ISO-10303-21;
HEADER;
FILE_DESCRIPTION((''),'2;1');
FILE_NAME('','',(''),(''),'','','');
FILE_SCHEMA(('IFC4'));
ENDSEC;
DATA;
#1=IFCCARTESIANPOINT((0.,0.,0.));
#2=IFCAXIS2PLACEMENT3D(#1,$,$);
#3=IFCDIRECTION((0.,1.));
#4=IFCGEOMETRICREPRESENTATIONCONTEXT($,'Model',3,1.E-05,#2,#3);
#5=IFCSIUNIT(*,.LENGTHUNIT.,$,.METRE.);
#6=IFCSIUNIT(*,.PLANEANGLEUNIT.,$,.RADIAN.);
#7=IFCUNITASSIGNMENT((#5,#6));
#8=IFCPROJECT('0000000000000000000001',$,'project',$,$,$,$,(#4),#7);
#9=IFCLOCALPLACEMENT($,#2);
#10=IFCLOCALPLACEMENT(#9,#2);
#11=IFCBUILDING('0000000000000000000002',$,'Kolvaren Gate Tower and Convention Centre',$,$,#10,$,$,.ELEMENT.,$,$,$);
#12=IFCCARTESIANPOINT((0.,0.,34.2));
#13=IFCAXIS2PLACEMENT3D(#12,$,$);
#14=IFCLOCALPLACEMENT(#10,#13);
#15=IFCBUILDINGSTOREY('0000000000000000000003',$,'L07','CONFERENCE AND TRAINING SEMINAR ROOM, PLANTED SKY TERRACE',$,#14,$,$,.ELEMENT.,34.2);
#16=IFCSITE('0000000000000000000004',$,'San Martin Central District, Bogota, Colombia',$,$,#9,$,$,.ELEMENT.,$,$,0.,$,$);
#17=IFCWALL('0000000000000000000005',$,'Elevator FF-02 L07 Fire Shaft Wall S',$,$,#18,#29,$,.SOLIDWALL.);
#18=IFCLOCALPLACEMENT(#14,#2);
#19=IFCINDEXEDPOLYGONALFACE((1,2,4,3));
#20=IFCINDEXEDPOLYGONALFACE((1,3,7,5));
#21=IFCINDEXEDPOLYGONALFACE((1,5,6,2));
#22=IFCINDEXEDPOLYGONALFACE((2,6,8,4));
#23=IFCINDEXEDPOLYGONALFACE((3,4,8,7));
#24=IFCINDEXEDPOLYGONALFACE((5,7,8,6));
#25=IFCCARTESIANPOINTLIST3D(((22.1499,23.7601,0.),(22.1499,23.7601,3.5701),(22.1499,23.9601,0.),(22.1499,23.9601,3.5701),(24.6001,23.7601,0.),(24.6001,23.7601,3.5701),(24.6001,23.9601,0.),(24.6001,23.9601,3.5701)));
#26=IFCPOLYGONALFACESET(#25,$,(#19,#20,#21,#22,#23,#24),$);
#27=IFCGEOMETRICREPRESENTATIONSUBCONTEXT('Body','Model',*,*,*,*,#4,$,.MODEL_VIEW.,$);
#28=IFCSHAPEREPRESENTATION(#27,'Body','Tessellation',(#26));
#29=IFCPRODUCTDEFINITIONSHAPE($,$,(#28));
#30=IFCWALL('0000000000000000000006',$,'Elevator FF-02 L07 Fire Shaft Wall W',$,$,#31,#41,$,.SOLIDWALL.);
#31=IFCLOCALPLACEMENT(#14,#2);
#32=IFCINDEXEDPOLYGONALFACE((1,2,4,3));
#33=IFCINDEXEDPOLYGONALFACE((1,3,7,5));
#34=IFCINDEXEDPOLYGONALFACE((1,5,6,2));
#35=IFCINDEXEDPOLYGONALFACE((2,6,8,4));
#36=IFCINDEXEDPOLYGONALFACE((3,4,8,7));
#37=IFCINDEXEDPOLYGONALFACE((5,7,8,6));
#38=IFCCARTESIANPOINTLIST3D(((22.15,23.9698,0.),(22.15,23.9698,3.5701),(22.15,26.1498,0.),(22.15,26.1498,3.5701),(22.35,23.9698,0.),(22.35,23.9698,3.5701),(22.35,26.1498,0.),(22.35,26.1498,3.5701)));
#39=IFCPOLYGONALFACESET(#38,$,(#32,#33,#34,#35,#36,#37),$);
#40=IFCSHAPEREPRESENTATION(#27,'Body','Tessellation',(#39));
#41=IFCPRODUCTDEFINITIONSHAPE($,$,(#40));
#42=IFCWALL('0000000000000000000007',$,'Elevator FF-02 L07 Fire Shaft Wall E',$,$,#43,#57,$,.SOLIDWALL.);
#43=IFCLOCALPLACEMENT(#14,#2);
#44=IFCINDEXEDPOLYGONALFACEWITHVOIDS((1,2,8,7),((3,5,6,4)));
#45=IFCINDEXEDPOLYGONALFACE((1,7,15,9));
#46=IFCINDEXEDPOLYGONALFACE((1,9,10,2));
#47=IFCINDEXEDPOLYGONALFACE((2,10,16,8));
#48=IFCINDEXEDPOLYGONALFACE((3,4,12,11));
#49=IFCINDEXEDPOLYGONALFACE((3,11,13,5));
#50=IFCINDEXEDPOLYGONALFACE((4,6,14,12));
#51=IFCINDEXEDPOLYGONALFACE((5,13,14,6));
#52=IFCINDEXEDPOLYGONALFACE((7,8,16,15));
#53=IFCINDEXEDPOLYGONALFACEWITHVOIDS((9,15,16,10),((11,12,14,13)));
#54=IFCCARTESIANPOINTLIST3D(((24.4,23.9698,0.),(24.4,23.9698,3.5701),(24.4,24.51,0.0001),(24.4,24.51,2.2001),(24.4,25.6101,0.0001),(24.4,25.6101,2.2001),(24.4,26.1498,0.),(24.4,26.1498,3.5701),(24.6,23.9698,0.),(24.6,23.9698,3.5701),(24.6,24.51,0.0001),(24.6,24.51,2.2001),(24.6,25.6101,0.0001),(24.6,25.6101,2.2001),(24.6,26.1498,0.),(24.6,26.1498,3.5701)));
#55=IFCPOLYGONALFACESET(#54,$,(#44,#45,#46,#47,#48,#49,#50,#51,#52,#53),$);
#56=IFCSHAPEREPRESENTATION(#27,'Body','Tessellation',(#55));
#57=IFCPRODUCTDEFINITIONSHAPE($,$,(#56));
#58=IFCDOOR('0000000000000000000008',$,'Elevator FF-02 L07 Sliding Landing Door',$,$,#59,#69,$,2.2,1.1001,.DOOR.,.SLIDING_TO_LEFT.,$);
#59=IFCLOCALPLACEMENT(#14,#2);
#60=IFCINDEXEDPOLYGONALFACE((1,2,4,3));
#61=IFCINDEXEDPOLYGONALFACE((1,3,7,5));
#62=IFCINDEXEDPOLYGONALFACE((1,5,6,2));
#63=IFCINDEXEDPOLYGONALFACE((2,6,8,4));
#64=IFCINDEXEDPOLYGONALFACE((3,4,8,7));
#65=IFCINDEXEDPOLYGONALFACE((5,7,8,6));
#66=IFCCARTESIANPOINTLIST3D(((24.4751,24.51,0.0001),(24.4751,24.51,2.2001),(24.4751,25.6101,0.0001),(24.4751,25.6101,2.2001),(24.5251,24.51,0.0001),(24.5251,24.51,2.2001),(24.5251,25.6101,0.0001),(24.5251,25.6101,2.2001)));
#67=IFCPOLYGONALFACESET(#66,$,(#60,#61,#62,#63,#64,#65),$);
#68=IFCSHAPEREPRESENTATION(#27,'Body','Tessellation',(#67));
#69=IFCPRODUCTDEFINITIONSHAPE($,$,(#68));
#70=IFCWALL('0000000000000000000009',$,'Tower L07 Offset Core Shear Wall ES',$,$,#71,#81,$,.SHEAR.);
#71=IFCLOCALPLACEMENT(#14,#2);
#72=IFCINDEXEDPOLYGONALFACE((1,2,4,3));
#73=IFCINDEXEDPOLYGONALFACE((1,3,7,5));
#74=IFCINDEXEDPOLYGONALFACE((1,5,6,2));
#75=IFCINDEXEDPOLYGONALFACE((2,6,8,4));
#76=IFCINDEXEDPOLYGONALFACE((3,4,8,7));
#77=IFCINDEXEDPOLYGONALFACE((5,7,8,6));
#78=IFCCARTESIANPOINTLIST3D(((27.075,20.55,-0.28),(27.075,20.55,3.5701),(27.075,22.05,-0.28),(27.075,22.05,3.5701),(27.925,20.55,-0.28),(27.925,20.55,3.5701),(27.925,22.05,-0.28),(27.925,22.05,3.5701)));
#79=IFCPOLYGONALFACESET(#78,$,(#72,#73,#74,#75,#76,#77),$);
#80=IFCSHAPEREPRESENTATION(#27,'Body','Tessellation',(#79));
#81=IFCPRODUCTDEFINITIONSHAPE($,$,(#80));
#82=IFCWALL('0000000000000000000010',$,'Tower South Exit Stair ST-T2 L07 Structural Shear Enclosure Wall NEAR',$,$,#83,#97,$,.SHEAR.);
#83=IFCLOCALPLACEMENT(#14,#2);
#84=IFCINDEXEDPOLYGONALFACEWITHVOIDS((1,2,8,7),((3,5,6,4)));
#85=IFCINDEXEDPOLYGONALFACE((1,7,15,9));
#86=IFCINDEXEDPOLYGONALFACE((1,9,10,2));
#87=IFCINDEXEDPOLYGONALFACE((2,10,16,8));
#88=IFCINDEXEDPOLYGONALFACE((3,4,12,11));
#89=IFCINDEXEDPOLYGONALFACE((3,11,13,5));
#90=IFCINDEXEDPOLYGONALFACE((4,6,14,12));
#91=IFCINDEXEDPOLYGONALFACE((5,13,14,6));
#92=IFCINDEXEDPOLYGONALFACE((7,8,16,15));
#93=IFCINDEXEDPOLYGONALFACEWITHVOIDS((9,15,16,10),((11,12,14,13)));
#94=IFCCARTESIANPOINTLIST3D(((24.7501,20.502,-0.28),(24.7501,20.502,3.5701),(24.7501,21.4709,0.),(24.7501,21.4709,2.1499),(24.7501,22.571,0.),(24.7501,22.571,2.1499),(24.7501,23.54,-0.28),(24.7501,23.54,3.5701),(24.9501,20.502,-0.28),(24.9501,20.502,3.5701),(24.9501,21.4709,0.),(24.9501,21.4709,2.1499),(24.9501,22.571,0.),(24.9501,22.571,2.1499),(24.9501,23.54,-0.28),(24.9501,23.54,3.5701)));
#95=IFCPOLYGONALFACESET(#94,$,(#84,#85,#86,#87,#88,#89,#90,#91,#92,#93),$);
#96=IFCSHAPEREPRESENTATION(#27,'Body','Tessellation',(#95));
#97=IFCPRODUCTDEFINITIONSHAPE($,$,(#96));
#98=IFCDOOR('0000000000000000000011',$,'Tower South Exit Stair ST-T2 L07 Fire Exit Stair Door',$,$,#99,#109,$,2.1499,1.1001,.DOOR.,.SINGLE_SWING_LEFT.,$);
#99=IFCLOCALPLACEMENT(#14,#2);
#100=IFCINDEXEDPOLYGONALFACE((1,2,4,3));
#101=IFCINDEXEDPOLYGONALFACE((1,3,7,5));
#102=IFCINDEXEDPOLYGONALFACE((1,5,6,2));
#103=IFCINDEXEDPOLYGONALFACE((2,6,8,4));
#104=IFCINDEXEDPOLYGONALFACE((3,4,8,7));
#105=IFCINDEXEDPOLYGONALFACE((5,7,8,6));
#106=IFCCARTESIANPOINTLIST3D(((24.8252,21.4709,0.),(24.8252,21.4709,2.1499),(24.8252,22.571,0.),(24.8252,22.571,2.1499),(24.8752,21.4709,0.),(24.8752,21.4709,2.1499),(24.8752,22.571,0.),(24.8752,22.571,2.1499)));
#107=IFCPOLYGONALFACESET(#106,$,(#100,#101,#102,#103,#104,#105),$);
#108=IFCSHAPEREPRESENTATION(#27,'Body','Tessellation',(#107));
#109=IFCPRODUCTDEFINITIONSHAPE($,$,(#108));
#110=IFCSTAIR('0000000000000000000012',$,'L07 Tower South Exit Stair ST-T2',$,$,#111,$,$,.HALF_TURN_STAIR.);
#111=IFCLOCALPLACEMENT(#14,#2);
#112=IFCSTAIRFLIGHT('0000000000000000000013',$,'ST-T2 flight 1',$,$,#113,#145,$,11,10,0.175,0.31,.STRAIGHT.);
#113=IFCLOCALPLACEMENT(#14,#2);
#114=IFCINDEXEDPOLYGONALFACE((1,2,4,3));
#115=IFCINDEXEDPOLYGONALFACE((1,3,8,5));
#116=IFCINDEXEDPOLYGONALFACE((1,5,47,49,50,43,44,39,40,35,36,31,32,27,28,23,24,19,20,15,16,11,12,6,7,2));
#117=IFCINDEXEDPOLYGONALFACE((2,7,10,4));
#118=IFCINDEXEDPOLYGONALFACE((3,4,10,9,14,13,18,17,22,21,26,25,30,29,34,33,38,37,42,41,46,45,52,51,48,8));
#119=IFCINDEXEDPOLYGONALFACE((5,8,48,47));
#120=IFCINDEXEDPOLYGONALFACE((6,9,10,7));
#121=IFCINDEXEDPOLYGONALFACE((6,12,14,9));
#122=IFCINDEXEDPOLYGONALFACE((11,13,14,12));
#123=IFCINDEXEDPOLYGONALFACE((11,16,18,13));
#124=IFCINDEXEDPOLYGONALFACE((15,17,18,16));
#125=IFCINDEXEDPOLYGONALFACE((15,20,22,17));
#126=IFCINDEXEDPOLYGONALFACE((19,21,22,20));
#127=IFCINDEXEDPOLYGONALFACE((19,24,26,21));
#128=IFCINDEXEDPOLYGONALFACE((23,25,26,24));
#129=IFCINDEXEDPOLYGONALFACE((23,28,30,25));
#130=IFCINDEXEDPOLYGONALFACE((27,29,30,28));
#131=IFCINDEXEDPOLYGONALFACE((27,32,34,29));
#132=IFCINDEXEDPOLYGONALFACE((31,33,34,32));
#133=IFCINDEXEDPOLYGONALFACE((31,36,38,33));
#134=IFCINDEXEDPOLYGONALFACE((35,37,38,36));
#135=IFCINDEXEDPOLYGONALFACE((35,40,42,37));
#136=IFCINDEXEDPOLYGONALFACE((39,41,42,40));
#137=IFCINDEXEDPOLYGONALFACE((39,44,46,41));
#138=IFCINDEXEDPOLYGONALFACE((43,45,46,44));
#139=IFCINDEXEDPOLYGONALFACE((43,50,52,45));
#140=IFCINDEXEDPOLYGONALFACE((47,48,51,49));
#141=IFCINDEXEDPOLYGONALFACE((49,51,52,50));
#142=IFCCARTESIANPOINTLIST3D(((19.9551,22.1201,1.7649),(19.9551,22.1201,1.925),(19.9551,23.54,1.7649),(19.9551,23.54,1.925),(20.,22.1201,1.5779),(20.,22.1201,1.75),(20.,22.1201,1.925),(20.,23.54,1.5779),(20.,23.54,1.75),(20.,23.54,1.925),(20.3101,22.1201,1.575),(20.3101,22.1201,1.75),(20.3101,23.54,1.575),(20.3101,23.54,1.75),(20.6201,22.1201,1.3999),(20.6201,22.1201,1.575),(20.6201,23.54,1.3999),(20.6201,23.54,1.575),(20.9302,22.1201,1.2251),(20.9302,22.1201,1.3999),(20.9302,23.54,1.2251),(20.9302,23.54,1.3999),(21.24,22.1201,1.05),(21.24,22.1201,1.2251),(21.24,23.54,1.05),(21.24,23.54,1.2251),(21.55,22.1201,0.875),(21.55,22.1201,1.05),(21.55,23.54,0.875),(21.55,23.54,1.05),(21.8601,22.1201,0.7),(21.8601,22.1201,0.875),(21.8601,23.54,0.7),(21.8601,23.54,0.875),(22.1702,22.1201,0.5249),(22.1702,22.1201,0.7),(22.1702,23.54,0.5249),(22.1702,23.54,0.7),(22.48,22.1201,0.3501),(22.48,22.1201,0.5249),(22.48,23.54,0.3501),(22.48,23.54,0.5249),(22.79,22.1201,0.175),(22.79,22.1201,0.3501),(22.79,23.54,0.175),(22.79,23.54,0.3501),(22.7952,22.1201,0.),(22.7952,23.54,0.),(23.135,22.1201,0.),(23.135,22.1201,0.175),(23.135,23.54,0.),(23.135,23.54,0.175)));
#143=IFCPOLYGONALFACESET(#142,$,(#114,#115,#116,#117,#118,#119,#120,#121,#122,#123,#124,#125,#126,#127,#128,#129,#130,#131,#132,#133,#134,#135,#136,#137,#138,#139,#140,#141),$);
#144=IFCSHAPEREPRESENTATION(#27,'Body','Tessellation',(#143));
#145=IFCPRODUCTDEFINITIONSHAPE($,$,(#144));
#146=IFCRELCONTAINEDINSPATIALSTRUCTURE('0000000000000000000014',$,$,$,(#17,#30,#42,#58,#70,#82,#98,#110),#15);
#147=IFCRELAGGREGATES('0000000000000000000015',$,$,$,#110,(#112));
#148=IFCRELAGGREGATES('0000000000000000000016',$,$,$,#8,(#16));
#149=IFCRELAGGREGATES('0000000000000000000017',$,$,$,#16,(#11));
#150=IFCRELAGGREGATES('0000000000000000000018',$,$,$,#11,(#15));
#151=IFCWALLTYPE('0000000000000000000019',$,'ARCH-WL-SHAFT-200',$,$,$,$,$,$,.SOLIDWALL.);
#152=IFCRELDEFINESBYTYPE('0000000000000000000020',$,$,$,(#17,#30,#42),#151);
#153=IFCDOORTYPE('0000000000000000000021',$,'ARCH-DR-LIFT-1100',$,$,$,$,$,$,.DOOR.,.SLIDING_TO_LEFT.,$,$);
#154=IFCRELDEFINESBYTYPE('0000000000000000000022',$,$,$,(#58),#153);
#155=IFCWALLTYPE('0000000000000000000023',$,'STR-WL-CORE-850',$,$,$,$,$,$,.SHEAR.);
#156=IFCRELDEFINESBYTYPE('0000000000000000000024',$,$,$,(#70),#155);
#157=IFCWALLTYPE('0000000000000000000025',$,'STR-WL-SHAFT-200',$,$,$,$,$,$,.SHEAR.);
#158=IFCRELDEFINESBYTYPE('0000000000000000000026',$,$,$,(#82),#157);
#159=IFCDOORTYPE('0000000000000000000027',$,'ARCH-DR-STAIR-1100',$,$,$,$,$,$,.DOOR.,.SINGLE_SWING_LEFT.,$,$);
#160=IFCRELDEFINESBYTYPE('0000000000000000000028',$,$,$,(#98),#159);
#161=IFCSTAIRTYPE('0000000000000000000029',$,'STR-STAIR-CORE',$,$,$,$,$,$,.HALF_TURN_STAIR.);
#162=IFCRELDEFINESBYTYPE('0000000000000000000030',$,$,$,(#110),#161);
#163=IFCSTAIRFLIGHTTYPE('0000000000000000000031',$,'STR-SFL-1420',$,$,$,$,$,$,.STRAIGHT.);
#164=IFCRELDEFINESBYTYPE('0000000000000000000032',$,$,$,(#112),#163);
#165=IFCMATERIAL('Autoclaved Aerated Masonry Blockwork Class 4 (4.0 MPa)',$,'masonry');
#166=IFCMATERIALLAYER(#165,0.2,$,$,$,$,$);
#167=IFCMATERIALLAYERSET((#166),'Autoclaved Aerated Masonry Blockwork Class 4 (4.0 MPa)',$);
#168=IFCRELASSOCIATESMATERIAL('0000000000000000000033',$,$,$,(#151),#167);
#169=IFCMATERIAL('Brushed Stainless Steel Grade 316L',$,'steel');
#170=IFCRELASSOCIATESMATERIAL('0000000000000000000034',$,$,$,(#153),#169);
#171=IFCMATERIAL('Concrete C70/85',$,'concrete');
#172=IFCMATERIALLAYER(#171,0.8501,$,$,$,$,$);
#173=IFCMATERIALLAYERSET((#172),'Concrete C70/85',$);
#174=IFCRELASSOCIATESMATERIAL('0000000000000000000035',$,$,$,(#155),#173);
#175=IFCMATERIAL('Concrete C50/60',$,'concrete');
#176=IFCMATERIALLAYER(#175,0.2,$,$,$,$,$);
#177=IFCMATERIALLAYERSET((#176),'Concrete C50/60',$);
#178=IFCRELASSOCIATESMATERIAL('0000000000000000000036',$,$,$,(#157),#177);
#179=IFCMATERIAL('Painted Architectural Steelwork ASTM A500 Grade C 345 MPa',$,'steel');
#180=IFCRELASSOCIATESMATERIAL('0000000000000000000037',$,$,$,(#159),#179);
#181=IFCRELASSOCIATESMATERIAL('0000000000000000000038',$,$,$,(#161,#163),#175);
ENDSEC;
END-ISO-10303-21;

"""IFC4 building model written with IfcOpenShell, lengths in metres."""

from ifc_helpers import new_model, si_unit, direction, frame, frame_2d, origin, place, context, subcontext, project, spatial, polyline, rectangle, outline, extrude, material, layer, layer_set, type_object, element, fill, aggregate, save


model = new_model("IFC4")

# Units and contexts
model_context = context("Model", 3, precision=1e-05, world=origin(), true_north=direction((0.0, 1.0)))
body_context = subcontext(model_context, "Body", "Model", "MODEL_VIEW")
ifc_project = project(units=[si_unit("LENGTHUNIT", "METRE"), si_unit("PLANEANGLEUNIT", "RADIAN")], contexts=[model_context])

# Site, building, storey
site_placement = place(None, origin())
site = spatial("IfcSite", under=ifc_project, at=site_placement, Name="San Martin Central District, Bogota, Colombia", CompositionType="ELEMENT", RefElevation=0.0)
building_placement = place(site_placement, origin())
building = spatial("IfcBuilding", under=site, at=building_placement, Name="Kolvaren Gate Tower and Convention Centre", CompositionType="ELEMENT")
storey_placement = place(building_placement, frame((0.0, 0.0, 34.2)))
storey = spatial("IfcBuildingStorey", under=building, at=storey_placement, Name="L07", Description="CONFERENCE AND TRAINING SEMINAR ROOM, PLANTED SKY TERRACE", CompositionType="ELEMENT", Elevation=34.2)

# Shared definitions
ifc_material_1 = material(Name="Autoclaved Aerated Masonry Blockwork Class 4 (4.0 MPa)", Category="masonry")

# Shared definitions
ifc_material_2 = material(Name="Painted Architectural Steelwork ASTM A500 Grade C 345 MPa", Category="steel")

# Walls
ifc_layer_1 = layer(ifc_material_1, 0.2)
ifc_layer_set_1 = layer_set([ifc_layer_1], Name="Autoclaved Aerated Masonry Blockwork Class 4 (4.0 MPa)")
wall_type_1 = type_object("IfcWallType", Name="ARCH-WL-SHAFT-200", PredefinedType="SOLIDWALL", material=ifc_layer_set_1)
wall_1_placement = place(storey_placement, frame((22.1499, 23.8601, 0.0), z_axis=(0.0, 0.0, 1.0), x_axis=(1.0, 0.0, 0.0)))
element("IfcWall", 1, at=wall_1_placement, inside=storey, type_object=wall_type_1, Name="Elevator FF-02 L07 Fire Shaft Wall S", PredefinedType="SOLIDWALL", context=body_context, shape_type="SweptSolid", body=[
    extrude(rectangle(XDim=2.4502, YDim=0.2, at=frame_2d((1.2251, 0.0))), origin(), (0.0, 0.0, 1.0), 3.5701),
])
wall_2_placement = place(storey_placement, frame((22.25, 23.97, 0.0), z_axis=(0.0, 0.0, 1.0), x_axis=(0.0, 1.0, 0.0)))
element("IfcWall", 2, at=wall_2_placement, inside=storey, type_object=wall_type_1, Name="Elevator FF-02 L07 Fire Shaft Wall W", PredefinedType="SOLIDWALL", context=body_context, shape_type="SweptSolid", body=[
    extrude(rectangle(XDim=2.1799, YDim=0.2, at=frame_2d((1.0898, 0.0))), origin(), (0.0, 0.0, 1.0), 3.5701),
])

# Wall, opening, door
wall_3_placement = place(storey_placement, frame((24.5, 23.97, 0.0), z_axis=(0.0, 0.0, 1.0), x_axis=(0.0, 1.0, 0.0)))
wall_3 = element("IfcWall", 3, at=wall_3_placement, inside=storey, type_object=wall_type_1, Name="Elevator FF-02 L07 Fire Shaft Wall E", PredefinedType="SOLIDWALL", context=body_context, shape_type="SweptSolid", body=[
    extrude(rectangle(XDim=2.1799, YDim=0.2, at=frame_2d((1.0898, 0.0))), origin(), (0.0, 0.0, 1.0), 3.5701),
])
opening_1_placement = place(wall_3_placement, frame((0.54, 0.0, 0.0)))
opening_1 = element("IfcOpeningElement", 4, at=opening_1_placement, cuts=wall_3, PredefinedType="OPENING", context=body_context, shape_type="SweptSolid", body=[
    extrude(rectangle(XDim=1.1001, YDim=2.2, at=frame_2d((0.55, 1.1001))), frame((0.0, 0.1099, 0.0), z_axis=(0.0, -1.0, 0.0), x_axis=(1.0, 0.0, 0.0)), (0.0, 0.0, 1.0), 0.22),
])
ifc_material_3 = material(Name="Brushed Stainless Steel Grade 316L", Category="steel")
door_type_1 = type_object("IfcDoorType", Name="ARCH-DR-LIFT-1100", OperationType="SLIDING_TO_LEFT", PredefinedType="DOOR", material=ifc_material_3)
door_1_placement = place(opening_1_placement, origin())
door_1 = element("IfcDoor", 5, at=door_1_placement, inside=storey, type_object=door_type_1, Name="Elevator FF-02 L07 Sliding Landing Door", OperationType="SLIDING_TO_LEFT", OverallHeight=2.2, OverallWidth=1.1001, PredefinedType="DOOR", context=body_context, shape_type="SweptSolid", body=[
    extrude(rectangle(XDim=1.1001, YDim=2.2, at=frame_2d((0.55, 1.1001))), frame((0.0, 0.0249, 0.0), z_axis=(0.0, -1.0, 0.0), x_axis=(1.0, 0.0, 0.0)), (0.0, 0.0, 1.0), 0.05),
])
fill(opening_1, door_1)

# Wall
ifc_material_4 = material(Name="Concrete C70/85", Category="concrete")
ifc_layer_2 = layer(ifc_material_4, 0.8501)
ifc_layer_set_2 = layer_set([ifc_layer_2], Name="Concrete C70/85")
wall_type_2 = type_object("IfcWallType", Name="STR-WL-CORE-850", PredefinedType="SHEAR", material=ifc_layer_set_2)
wall_4_placement = place(storey_placement, frame((27.5, 20.55, -0.28), z_axis=(0.0, 0.0, 1.0), x_axis=(0.0, 1.0, 0.0)))
element("IfcWall", 6, at=wall_4_placement, inside=storey, type_object=wall_type_2, Name="Tower L07 Offset Core Shear Wall ES", PredefinedType="SHEAR", context=body_context, shape_type="SweptSolid", body=[
    extrude(rectangle(XDim=1.5, YDim=0.8501, at=frame_2d((0.75, 0.0))), origin(), (0.0, 0.0, 1.0), 3.8501),
])

# Wall, opening, door
ifc_material_5 = material(Name="Concrete C50/60", Category="concrete")
ifc_layer_3 = layer(ifc_material_5, 0.2)
ifc_layer_set_3 = layer_set([ifc_layer_3], Name="Concrete C50/60")
wall_type_3 = type_object("IfcWallType", Name="STR-WL-SHAFT-200", PredefinedType="SHEAR", material=ifc_layer_set_3)
wall_5_placement = place(storey_placement, frame((24.8501, 20.502, -0.28), z_axis=(0.0, 0.0, 1.0), x_axis=(0.0, 1.0, 0.0)))
wall_5 = element("IfcWall", 7, at=wall_5_placement, inside=storey, type_object=wall_type_3, Name="Tower South Exit Stair ST-T2 L07 Structural Shear Enclosure Wall NEAR", PredefinedType="SHEAR", context=body_context, shape_type="SweptSolid", body=[
    extrude(rectangle(XDim=3.0381, YDim=0.2, at=frame_2d((1.519, 0.0))), origin(), (0.0, 0.0, 1.0), 3.8501),
])
opening_2_placement = place(wall_5_placement, frame((0.969, 0.0, 0.28)))
opening_2 = element("IfcOpeningElement", 8, at=opening_2_placement, cuts=wall_5, PredefinedType="OPENING", context=body_context, shape_type="SweptSolid", body=[
    extrude(rectangle(XDim=1.1001, YDim=2.1499, at=frame_2d((0.55, 1.075))), frame((0.0, 0.1099, 0.0), z_axis=(0.0, -1.0, 0.0), x_axis=(1.0, 0.0, 0.0)), (0.0, 0.0, 1.0), 0.22),
])
door_type_2 = type_object("IfcDoorType", Name="ARCH-DR-STAIR-1100", OperationType="SINGLE_SWING_LEFT", PredefinedType="DOOR", material=ifc_material_2)
door_2_placement = place(opening_2_placement, origin())
door_2 = element("IfcDoor", 9, at=door_2_placement, inside=storey, type_object=door_type_2, Name="Tower South Exit Stair ST-T2 L07 Fire Exit Stair Door", OperationType="SINGLE_SWING_LEFT", OverallHeight=2.1499, OverallWidth=1.1001, PredefinedType="DOOR", context=body_context, shape_type="SweptSolid", body=[
    extrude(rectangle(XDim=1.1001, YDim=2.1499, at=frame_2d((0.55, 1.075))), frame((0.0, 0.0249, 0.0), z_axis=(0.0, -1.0, 0.0), x_axis=(1.0, 0.0, 0.0)), (0.0, 0.0, 1.0), 0.05),
])
fill(opening_2, door_2)

# Stair, stair flight
stair_type = type_object("IfcStairType", Name="STR-STAIR-CORE", PredefinedType="HALF_TURN_STAIR", material=ifc_material_5)
stair_placement = place(storey_placement, origin())
stair = element("IfcStair", 10, at=stair_placement, inside=storey, type_object=stair_type, Name="L07 Tower South Exit Stair ST-T2", PredefinedType="HALF_TURN_STAIR")
stair_flight_type = type_object("IfcStairFlightType", Name="STR-SFL-1420", PredefinedType="STRAIGHT", material=ifc_material_5)
stair_flight_1_placement = place(storey_placement, frame((23.1001, 22.8301, 0.0), z_axis=(0.0, 0.0, 1.0), x_axis=(-1.0, 0.0, 0.0)))
stair_flight_1 = element("IfcStairFlight", 11, at=stair_flight_1_placement, type_object=stair_flight_type, Name="ST-T2 flight 1", NumberOfRisers=11, NumberOfTreads=10, PredefinedType="STRAIGHT", RiserHeight=0.175, TreadLength=0.31, context=body_context, shape_type="SweptSolid", body=[
    extrude(outline(polyline([(-0.0349, 0.0), (-0.0349, 0.175), (0.3101, 0.175), (0.3101, 0.3501), (0.6201, 0.3501), (0.6201, 0.5249), (0.9299, 0.5249), (0.9299, 0.7), (1.24, 0.7), (1.24, 0.875), (1.55, 0.875), (1.55, 1.05), (1.8601, 1.05), (1.8601, 1.2251), (2.1699, 1.2251), (2.1699, 1.3999), (2.48, 1.3999), (2.48, 1.575), (2.79, 1.575), (2.79, 1.75), (3.1001, 1.75), (3.1001, 1.925), (3.145, 1.925), (3.145, 1.7649), (3.1001, 1.5779), (0.3049, 0.0), (-0.0349, 0.0)])), frame((0.0, 0.71, 0.0), z_axis=(0.0, -1.0, 0.0), x_axis=(1.0, 0.0, 0.0)), (0.0, 0.0, 1.0), 1.4199),
])
aggregate(stair, [stair_flight_1])

save(model, "model.ifc")
